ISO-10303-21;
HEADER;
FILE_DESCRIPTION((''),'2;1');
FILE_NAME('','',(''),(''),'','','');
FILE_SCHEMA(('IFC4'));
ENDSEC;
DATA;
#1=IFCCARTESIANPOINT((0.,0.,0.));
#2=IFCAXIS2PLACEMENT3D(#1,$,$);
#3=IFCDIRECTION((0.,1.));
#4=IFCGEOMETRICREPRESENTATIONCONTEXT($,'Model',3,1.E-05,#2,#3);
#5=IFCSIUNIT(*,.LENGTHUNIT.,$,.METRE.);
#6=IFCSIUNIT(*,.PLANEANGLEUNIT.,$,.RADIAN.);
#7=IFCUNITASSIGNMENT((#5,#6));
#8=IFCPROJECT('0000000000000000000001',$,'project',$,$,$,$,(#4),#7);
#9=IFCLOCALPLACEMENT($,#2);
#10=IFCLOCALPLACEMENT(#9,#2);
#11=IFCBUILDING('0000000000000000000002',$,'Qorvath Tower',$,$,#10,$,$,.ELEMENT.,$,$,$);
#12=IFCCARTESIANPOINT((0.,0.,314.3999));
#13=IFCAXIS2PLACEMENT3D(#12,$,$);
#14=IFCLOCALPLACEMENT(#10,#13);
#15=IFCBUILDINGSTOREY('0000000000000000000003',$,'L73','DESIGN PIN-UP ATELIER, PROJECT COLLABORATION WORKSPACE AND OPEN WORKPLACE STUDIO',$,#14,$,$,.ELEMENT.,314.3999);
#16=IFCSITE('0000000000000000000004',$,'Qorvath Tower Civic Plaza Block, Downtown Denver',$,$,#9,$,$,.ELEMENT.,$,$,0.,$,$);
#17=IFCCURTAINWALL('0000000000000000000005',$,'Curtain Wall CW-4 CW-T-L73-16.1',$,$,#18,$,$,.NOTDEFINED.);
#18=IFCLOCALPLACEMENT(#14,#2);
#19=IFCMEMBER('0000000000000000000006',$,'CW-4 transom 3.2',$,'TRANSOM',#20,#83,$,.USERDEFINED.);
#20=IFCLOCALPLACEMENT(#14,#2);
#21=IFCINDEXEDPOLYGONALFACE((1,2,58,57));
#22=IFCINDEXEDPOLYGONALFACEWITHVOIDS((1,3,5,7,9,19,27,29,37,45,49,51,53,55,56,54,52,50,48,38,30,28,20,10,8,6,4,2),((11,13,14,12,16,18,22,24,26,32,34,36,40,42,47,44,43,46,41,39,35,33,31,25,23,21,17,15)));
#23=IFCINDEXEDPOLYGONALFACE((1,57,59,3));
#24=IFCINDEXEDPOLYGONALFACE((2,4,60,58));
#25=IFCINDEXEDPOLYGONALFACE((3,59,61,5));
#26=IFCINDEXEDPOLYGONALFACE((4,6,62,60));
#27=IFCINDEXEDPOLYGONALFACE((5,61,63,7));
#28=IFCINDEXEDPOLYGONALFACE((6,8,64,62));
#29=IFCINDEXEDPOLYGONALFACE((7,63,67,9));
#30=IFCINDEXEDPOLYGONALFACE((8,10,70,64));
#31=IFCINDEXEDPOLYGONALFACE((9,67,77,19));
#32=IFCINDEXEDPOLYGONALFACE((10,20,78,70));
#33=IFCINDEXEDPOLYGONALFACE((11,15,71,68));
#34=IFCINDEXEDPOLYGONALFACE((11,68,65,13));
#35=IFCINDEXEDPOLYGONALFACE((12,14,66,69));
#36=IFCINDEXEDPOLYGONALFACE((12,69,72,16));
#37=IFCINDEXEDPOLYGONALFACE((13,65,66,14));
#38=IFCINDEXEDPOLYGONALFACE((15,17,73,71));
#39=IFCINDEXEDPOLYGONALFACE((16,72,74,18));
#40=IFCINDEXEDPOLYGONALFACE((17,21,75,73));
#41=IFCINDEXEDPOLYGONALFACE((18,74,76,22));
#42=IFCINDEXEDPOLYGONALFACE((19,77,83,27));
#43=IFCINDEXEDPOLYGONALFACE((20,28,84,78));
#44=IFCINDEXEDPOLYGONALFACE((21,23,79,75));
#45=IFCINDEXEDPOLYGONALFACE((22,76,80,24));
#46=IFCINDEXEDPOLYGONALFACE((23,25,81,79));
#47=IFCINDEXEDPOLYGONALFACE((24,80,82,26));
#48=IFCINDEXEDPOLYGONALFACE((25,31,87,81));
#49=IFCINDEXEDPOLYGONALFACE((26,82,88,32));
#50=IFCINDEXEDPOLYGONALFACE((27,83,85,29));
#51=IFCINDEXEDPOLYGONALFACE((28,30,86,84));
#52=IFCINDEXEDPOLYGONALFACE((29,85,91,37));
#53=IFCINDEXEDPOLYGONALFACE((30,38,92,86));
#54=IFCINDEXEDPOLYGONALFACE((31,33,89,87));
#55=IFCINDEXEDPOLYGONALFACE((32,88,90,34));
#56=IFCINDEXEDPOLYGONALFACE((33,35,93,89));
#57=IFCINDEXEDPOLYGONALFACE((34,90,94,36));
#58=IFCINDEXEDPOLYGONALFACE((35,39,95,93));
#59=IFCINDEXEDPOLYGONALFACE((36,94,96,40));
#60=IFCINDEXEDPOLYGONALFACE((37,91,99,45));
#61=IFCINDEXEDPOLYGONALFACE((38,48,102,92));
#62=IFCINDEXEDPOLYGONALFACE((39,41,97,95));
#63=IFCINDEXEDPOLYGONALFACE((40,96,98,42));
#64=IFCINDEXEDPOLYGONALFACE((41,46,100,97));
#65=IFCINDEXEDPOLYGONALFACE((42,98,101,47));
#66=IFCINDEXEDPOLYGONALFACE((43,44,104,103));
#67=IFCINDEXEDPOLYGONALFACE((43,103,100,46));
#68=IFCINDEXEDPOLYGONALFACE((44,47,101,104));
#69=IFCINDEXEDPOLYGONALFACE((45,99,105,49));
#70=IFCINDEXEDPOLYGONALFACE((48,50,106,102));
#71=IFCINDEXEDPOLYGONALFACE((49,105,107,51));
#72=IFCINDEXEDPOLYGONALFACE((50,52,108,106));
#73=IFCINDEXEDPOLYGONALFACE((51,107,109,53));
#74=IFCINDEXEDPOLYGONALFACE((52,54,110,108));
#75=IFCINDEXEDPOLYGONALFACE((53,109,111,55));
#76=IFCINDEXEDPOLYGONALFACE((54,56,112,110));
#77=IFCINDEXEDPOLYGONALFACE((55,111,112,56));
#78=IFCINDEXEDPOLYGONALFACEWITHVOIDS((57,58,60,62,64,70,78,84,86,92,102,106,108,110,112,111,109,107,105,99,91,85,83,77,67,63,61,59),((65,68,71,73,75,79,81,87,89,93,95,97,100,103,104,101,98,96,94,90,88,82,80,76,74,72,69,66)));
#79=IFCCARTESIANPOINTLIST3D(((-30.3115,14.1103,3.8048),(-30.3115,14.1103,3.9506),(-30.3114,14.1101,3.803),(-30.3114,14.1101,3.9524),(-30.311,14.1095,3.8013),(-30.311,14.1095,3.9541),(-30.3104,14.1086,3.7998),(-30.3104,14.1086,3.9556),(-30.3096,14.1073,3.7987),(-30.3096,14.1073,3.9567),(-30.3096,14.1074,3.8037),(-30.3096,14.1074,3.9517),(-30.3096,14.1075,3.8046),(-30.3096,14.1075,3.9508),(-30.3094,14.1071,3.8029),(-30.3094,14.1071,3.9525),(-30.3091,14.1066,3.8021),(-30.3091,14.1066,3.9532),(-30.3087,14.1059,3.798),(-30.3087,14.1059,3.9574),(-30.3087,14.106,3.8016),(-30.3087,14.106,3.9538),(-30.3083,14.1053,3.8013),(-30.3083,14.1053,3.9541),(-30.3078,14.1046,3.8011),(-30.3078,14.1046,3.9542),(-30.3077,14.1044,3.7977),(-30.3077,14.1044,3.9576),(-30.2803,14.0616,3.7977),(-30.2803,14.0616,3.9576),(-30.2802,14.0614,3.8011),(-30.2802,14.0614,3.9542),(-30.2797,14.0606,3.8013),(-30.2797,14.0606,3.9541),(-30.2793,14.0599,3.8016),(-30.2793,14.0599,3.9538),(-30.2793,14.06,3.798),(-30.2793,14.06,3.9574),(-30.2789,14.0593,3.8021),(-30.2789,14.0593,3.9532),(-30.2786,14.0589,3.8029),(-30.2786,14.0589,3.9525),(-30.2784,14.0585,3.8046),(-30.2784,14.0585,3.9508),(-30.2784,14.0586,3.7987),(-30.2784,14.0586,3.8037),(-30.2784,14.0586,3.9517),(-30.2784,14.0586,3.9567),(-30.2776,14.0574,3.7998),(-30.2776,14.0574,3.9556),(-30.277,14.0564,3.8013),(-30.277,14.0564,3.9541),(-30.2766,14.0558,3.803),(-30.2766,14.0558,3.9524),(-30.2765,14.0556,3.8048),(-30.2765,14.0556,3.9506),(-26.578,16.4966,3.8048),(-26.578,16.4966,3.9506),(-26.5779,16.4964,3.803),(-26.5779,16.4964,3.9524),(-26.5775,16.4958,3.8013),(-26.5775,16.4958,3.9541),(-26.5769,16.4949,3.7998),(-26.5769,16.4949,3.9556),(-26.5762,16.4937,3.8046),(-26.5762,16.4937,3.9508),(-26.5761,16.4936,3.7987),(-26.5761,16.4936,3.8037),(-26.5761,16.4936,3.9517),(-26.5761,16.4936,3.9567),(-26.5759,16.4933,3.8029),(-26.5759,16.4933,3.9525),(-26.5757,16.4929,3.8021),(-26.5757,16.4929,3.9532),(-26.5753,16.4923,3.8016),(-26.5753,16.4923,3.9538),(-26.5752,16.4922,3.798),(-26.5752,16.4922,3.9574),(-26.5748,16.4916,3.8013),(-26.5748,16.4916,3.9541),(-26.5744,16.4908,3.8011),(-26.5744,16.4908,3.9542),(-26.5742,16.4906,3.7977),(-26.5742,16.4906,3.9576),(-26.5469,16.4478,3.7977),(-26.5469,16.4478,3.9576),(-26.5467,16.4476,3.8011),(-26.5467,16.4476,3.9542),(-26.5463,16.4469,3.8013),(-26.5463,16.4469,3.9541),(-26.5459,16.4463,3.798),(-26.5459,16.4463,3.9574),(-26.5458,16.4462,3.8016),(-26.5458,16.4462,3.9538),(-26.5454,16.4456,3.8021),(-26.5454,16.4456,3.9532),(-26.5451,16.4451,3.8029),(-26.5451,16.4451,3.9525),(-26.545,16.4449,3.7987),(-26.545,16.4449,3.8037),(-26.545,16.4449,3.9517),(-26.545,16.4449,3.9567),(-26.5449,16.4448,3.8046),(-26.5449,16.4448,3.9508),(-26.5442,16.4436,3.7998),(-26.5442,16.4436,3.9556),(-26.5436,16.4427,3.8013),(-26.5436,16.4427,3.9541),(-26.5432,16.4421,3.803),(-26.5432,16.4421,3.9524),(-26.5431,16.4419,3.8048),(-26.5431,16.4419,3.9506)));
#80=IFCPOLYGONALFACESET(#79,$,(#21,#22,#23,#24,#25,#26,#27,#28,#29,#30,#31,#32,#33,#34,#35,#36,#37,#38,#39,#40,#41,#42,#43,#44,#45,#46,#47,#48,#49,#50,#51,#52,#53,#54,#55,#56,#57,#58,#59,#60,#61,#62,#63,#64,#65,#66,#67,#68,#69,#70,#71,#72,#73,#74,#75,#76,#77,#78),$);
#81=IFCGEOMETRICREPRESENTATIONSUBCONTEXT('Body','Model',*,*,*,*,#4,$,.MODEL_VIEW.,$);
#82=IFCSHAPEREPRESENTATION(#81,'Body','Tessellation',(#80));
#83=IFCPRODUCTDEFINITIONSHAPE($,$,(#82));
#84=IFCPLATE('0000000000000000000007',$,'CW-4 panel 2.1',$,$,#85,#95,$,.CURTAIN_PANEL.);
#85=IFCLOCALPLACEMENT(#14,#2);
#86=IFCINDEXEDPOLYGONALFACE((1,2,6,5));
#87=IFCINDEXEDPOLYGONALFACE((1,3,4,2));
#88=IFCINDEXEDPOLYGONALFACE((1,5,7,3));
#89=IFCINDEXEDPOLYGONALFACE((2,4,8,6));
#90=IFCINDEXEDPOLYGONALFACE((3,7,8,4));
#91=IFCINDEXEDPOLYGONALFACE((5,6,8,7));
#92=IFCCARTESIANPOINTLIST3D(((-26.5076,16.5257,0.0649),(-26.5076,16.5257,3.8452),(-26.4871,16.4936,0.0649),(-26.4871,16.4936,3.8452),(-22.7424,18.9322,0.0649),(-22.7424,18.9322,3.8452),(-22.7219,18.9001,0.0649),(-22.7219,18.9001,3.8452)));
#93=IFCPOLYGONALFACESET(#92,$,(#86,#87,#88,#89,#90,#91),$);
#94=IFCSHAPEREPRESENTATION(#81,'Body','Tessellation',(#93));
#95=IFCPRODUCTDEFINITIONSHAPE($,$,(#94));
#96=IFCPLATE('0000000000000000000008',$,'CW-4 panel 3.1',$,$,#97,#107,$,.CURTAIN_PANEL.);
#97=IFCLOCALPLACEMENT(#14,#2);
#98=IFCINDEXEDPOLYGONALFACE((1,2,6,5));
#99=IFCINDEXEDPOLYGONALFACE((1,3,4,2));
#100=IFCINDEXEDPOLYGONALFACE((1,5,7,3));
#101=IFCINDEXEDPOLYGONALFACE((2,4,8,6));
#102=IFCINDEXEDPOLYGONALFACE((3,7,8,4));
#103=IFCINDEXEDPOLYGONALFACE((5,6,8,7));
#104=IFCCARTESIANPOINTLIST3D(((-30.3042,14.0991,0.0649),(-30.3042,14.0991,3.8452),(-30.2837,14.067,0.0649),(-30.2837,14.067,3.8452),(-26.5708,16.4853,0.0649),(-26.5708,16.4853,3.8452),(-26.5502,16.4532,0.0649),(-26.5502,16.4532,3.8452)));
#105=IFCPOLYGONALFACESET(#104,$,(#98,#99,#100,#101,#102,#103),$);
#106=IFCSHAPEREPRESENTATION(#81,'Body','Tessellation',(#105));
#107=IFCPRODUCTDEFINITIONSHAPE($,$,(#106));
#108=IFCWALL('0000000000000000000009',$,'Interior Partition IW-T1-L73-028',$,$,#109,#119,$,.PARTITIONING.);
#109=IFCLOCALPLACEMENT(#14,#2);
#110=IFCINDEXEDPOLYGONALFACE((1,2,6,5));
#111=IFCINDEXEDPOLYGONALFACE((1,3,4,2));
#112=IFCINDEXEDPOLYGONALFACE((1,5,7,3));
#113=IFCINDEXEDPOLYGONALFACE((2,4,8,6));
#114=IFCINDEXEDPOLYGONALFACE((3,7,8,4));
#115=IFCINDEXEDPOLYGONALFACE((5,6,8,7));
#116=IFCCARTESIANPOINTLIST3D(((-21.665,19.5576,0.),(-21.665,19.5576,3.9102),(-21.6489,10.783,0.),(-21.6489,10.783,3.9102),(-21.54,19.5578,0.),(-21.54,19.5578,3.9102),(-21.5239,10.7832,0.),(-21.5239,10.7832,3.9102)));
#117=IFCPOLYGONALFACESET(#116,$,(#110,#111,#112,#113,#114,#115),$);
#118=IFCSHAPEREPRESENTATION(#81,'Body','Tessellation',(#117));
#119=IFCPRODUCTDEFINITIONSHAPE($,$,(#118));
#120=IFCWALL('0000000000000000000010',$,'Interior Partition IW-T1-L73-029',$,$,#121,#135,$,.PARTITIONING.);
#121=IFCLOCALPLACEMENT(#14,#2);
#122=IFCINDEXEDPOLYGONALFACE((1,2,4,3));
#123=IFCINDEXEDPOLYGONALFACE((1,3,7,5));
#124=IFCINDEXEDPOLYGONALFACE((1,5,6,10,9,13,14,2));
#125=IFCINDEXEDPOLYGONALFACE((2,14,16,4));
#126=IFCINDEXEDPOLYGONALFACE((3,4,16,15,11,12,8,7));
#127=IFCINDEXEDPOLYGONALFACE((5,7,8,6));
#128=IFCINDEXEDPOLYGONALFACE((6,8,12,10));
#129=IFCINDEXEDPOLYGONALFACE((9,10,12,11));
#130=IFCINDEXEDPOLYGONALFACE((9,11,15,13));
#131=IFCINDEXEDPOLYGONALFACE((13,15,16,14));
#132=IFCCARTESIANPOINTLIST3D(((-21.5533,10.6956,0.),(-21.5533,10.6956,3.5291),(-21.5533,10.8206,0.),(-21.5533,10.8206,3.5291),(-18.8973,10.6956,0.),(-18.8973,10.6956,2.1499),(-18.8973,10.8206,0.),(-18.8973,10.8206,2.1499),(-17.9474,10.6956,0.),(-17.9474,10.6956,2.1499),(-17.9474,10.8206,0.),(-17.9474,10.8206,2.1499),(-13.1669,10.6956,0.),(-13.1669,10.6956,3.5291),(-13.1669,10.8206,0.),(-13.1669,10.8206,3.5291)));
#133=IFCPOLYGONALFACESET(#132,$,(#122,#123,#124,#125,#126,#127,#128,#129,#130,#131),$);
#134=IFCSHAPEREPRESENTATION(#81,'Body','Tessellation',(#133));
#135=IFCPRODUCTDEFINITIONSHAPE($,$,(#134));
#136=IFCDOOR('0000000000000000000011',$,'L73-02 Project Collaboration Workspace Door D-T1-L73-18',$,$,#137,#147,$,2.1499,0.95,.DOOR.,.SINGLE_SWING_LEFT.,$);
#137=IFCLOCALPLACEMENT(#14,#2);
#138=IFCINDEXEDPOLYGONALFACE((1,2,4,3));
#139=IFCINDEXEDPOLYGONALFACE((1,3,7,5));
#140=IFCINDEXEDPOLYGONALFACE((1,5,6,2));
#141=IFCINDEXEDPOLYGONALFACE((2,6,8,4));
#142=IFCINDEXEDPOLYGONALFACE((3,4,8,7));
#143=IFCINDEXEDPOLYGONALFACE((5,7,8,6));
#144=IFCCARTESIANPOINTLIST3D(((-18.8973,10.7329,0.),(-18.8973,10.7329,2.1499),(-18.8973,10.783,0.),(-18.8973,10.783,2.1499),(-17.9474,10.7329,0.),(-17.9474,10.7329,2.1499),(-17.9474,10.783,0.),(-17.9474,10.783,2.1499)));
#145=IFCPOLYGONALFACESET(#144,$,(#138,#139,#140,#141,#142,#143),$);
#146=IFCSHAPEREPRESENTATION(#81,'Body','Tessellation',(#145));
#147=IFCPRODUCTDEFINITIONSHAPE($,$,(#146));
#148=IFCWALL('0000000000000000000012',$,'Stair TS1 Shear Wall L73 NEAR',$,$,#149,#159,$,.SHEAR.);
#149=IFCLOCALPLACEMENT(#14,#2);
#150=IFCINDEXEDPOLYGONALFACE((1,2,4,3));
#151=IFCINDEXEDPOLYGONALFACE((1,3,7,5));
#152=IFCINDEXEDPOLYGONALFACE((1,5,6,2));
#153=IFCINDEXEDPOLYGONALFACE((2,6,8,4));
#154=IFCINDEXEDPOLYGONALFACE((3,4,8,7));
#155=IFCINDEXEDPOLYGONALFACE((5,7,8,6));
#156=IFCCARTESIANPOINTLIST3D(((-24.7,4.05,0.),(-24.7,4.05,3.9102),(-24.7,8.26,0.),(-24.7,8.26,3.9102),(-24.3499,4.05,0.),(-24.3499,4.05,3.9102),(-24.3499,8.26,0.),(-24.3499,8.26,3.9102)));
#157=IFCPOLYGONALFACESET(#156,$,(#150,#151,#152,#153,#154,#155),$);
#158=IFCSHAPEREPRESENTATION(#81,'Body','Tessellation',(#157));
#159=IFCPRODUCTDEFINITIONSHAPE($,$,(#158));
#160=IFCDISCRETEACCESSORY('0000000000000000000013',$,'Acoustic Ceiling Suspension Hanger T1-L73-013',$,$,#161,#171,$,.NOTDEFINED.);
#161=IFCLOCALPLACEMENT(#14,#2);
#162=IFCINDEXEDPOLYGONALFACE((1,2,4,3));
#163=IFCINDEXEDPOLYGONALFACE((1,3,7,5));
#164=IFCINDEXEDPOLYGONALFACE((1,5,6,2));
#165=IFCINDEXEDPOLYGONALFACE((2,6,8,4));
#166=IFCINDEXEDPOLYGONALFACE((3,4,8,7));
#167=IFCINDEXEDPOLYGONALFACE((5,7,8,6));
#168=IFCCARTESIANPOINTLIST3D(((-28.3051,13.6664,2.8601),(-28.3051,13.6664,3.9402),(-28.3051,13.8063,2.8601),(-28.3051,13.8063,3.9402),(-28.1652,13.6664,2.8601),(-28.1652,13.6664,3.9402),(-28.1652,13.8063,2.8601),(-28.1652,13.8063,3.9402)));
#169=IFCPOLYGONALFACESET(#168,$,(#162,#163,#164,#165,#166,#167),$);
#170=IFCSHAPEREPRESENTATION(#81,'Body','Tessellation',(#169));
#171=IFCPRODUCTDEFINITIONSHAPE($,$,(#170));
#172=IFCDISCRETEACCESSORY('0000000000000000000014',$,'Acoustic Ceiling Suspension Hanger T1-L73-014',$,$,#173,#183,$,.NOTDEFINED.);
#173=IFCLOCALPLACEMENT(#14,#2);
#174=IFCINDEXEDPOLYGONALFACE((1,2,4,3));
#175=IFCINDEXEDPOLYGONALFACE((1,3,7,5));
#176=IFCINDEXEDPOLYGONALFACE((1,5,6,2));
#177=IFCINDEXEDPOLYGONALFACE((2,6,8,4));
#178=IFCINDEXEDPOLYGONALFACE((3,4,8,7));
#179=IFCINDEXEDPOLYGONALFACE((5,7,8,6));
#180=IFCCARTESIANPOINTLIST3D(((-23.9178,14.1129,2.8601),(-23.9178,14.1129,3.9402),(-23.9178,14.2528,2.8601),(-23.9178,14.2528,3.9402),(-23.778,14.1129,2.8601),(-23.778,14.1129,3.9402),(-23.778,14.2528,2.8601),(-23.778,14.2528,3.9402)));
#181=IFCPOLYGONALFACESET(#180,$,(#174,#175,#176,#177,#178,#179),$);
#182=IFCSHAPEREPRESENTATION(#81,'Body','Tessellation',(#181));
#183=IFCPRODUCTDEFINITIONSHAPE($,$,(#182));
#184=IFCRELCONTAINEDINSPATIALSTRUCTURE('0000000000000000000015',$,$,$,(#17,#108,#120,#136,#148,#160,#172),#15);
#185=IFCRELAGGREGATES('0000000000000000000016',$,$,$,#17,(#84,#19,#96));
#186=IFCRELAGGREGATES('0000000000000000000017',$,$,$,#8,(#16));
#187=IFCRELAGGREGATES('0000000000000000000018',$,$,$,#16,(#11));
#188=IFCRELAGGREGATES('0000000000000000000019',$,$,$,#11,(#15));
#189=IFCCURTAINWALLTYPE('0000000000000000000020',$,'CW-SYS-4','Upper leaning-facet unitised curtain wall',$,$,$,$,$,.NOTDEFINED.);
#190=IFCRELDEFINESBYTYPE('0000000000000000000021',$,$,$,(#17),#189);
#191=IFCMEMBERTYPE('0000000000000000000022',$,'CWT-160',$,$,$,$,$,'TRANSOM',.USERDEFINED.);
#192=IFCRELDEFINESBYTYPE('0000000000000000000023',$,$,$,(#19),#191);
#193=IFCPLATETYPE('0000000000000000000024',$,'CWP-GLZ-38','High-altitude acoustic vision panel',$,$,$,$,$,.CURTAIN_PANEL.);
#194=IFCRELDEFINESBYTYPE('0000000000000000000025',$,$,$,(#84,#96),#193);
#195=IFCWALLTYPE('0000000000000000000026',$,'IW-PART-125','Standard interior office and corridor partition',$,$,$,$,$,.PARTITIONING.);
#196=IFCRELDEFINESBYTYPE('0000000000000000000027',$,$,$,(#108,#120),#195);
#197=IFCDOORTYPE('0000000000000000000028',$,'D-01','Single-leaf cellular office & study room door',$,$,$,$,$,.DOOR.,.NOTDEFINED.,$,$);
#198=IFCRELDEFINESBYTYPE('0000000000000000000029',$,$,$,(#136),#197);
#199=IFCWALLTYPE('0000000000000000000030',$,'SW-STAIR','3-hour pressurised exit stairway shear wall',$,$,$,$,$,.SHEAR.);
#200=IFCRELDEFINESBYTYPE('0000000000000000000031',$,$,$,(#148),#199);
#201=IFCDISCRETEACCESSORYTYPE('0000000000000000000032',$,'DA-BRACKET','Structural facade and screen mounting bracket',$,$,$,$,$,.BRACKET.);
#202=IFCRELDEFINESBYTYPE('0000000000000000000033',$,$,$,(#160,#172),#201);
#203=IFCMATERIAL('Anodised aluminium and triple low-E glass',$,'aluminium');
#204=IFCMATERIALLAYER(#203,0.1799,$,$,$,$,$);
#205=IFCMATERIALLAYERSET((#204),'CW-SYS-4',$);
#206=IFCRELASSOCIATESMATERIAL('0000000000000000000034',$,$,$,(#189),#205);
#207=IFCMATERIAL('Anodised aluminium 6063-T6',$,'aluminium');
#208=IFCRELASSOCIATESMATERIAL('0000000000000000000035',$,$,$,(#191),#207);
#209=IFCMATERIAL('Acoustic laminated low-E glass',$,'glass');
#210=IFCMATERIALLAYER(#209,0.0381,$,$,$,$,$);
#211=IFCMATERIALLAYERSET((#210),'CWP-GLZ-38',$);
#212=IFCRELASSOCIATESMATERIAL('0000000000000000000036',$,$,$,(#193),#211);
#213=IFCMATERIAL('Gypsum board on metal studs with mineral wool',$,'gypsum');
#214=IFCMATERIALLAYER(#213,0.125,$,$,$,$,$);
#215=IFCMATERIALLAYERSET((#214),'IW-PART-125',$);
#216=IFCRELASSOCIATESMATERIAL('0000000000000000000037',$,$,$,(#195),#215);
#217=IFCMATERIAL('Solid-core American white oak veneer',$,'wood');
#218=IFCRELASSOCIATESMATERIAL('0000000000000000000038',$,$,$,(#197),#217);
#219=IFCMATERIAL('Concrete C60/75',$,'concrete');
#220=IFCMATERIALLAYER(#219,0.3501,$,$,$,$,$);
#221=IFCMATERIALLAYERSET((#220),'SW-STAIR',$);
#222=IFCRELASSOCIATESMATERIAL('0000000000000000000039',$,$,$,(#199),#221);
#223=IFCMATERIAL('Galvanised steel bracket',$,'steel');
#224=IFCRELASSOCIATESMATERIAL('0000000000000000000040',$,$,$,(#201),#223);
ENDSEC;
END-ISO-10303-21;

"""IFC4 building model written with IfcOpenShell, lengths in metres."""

from ifc_helpers import new_model, si_unit, direction, frame, frame_2d, origin, origin_2d, place, context, subcontext, project, spatial, rectangle, hollow_rectangle, extrude, material, layer, layer_set, material_profile, profile_set, type_object, element, fill, aggregate, save


model = new_model("IFC4")

# Units and contexts
model_context = context("Model", 3, precision=1e-05, world=origin(), true_north=direction((0.0, 1.0)))
body_context = subcontext(model_context, "Body", "Model", "MODEL_VIEW")
ifc_project = project(units=[si_unit("LENGTHUNIT", "METRE"), si_unit("PLANEANGLEUNIT", "RADIAN")], contexts=[model_context])

# Site, building, storey
site_placement = place(None, origin())
site = spatial("IfcSite", under=ifc_project, at=site_placement, Name="Qorvath Tower Civic Plaza Block, Downtown Denver", CompositionType="ELEMENT", RefElevation=0.0)
building_placement = place(site_placement, origin())
building = spatial("IfcBuilding", under=site, at=building_placement, Name="Qorvath Tower", CompositionType="ELEMENT")
storey_placement = place(building_placement, frame((0.0, 0.0, 314.3999)))
storey = spatial("IfcBuildingStorey", under=building, at=storey_placement, Name="L73", Description="DESIGN PIN-UP ATELIER, PROJECT COLLABORATION WORKSPACE AND OPEN WORKPLACE STUDIO", CompositionType="ELEMENT", Elevation=314.3999)

# Curtain wall, member, plates
ifc_material_1 = material(Name="Anodised aluminium and triple low-E glass", Category="aluminium")
ifc_layer_1 = layer(ifc_material_1, 0.1799)
ifc_layer_set_1 = layer_set([ifc_layer_1], Name="CW-SYS-4")
curtain_wall_type = type_object("IfcCurtainWallType", Name="CW-SYS-4", Description="Upper leaning-facet unitised curtain wall", PredefinedType="NOTDEFINED", material=ifc_layer_set_1)
curtain_wall_placement = place(storey_placement, origin())
curtain_wall = element("IfcCurtainWall", 1, at=curtain_wall_placement, inside=storey, type_object=curtain_wall_type, Name="Curtain Wall CW-4 CW-T-L73-16.1", PredefinedType="NOTDEFINED")
ifc_material_2 = material(Name="Anodised aluminium 6063-T6", Category="aluminium")
ifc_material_profile_1 = material_profile(ifc_material_2, hollow_rectangle(XDim=0.0649, YDim=0.1599, WallThickness=0.0034, InnerFilletRadius=0.0034, OuterFilletRadius=0.0071, at=origin_2d()), Name="CWT 160x65")
ifc_profile_set_1 = profile_set([ifc_material_profile_1], Name="Anodised aluminium 6063-T6")
member_type_1 = type_object("IfcMemberType", Name="CWT-160", ElementType="TRANSOM", PredefinedType="USERDEFINED", material=ifc_profile_set_1)
member_1_placement = place(storey_placement, frame((-26.5605, 16.4692, 3.8777), z_axis=(-0.842593, -0.53855, 0.0), x_axis=(0.53855, -0.842593, 0.0)))
member_1 = element("IfcMember", 2, at=member_1_placement, type_object=member_type_1, Name="CW-4 transom 3.2", ObjectType="TRANSOM", PredefinedType="USERDEFINED", context=body_context, shape_type="SweptSolid", body=[
    extrude(hollow_rectangle(XDim=0.0649, YDim=0.1599, WallThickness=0.0034, InnerFilletRadius=0.0034, OuterFilletRadius=0.0071, at=origin_2d()), origin(), (0.0, 0.0, 1.0), 4.4309),
])
ifc_material_3 = material(Name="Acoustic laminated low-E glass", Category="glass")
ifc_layer_2 = layer(ifc_material_3, 0.0381)
ifc_layer_set_2 = layer_set([ifc_layer_2], Name="CWP-GLZ-38")
plate_type = type_object("IfcPlateType", Name="CWP-GLZ-38", Description="High-altitude acoustic vision panel", PredefinedType="CURTAIN_PANEL", material=ifc_layer_set_2)
plate_1_placement = place(storey_placement, frame((-24.6147, 17.7129, 0.0649), z_axis=(0.0, 0.0, 1.0), x_axis=(-0.842602, -0.538536, 0.0)))
plate_1 = element("IfcPlate", 3, at=plate_1_placement, type_object=plate_type, Name="CW-4 panel 2.1", PredefinedType="CURTAIN_PANEL", context=body_context, shape_type="SweptSolid", body=[
    extrude(rectangle(XDim=4.4685, YDim=0.0381, at=origin_2d()), origin(), (0.0, 0.0, 1.0), 3.7803),
])
plate_2_placement = place(storey_placement, frame((-28.4272, 15.2761, 0.0649), z_axis=(0.0, 0.0, 1.0), x_axis=(-0.842602, -0.538536, 0.0)))
plate_2 = element("IfcPlate", 4, at=plate_2_placement, type_object=plate_type, Name="CW-4 panel 3.1", PredefinedType="CURTAIN_PANEL", context=body_context, shape_type="SweptSolid", body=[
    extrude(rectangle(XDim=4.4309, YDim=0.0381, at=origin_2d()), origin(), (0.0, 0.0, 1.0), 3.7803),
])
aggregate(curtain_wall, [plate_1, member_1, plate_2])

# Wall
ifc_material_4 = material(Name="Gypsum board on metal studs with mineral wool", Category="gypsum")
ifc_layer_3 = layer(ifc_material_4, 0.125)
ifc_layer_set_3 = layer_set([ifc_layer_3], Name="IW-PART-125")
wall_type_1 = type_object("IfcWallType", Name="IW-PART-125", Description="Standard interior office and corridor partition", PredefinedType="PARTITIONING", material=ifc_layer_set_3)
wall_1_placement = place(storey_placement, frame((-21.5864, 10.7832, 0.0), z_axis=(0.0, 0.0, 1.0), x_axis=(-0.001836, 0.999998, 0.0)))
element("IfcWall", 5, at=wall_1_placement, inside=storey, type_object=wall_type_1, Name="Interior Partition IW-T1-L73-028", PredefinedType="PARTITIONING", context=body_context, shape_type="SweptSolid", body=[
    extrude(rectangle(XDim=8.7747, YDim=0.125, at=frame_2d((4.3872, 0.0))), origin(), (0.0, 0.0, 1.0), 3.9102),
])

# Wall, opening, door
wall_2_placement = place(storey_placement, frame((-21.5535, 10.7581, 0.0), z_axis=(0.0, 0.0, 1.0), x_axis=(1.0, 0.0, 0.0)))
wall_2 = element("IfcWall", 6, at=wall_2_placement, inside=storey, type_object=wall_type_1, Name="Interior Partition IW-T1-L73-029", PredefinedType="PARTITIONING", context=body_context, shape_type="SweptSolid", body=[
    extrude(rectangle(XDim=8.3865, YDim=0.125, at=frame_2d((4.1934, 0.0))), origin(), (0.0, 0.0, 1.0), 3.5291),
])
opening_1_placement = place(wall_2_placement, frame((2.656, 0.0, 0.0)))
opening_1 = element("IfcOpeningElement", 7, at=opening_1_placement, cuts=wall_2, PredefinedType="OPENING", context=body_context, shape_type="SweptSolid", body=[
    extrude(rectangle(XDim=0.95, YDim=2.1499, at=frame_2d((0.4751, 1.075))), frame((0.0, 0.0725, 0.0), z_axis=(0.0, -1.0, 0.0), x_axis=(1.0, 0.0, 0.0)), (0.0, 0.0, 1.0), 0.145),
])
ifc_material_5 = material(Name="Solid-core American white oak veneer", Category="wood")
door_type_1 = type_object("IfcDoorType", Name="D-01", Description="Single-leaf cellular office & study room door", OperationType="NOTDEFINED", PredefinedType="DOOR", material=ifc_material_5)
door_1_placement = place(opening_1_placement, origin())
door_1 = element("IfcDoor", 8, at=door_1_placement, inside=storey, type_object=door_type_1, Name="L73-02 Project Collaboration Workspace Door D-T1-L73-18", OperationType="SINGLE_SWING_LEFT", OverallHeight=2.1499, OverallWidth=0.95, PredefinedType="DOOR", context=body_context, shape_type="SweptSolid", body=[
    extrude(rectangle(XDim=0.95, YDim=2.1499, at=frame_2d((0.4751, 1.075))), frame((0.0, 0.0249, 0.0), z_axis=(0.0, -1.0, 0.0), x_axis=(1.0, 0.0, 0.0)), (0.0, 0.0, 1.0), 0.05),
])
fill(opening_1, door_1)

# Wall
ifc_material_6 = material(Name="Concrete C60/75", Category="concrete")
ifc_layer_4 = layer(ifc_material_6, 0.3501)
ifc_layer_set_4 = layer_set([ifc_layer_4], Name="SW-STAIR")
wall_type_2 = type_object("IfcWallType", Name="SW-STAIR", Description="3-hour pressurised exit stairway shear wall", PredefinedType="SHEAR", material=ifc_layer_set_4)
wall_3_placement = place(storey_placement, frame((-24.5249, 8.26, 0.0), z_axis=(0.0, 0.0, 1.0), x_axis=(0.0, -1.0, 0.0)))
element("IfcWall", 9, at=wall_3_placement, inside=storey, type_object=wall_type_2, Name="Stair TS1 Shear Wall L73 NEAR", PredefinedType="SHEAR", context=body_context, shape_type="SweptSolid", body=[
    extrude(rectangle(XDim=4.21, YDim=0.3501, at=frame_2d((2.105, 0.0))), origin(), (0.0, 0.0, 1.0), 3.9102),
])

# Discrete accessories
ifc_material_7 = material(Name="Galvanised steel bracket", Category="steel")
discrete_accessory_type = type_object("IfcDiscreteAccessoryType", Name="DA-BRACKET", Description="Structural facade and screen mounting bracket", PredefinedType="BRACKET", material=ifc_material_7)
for number, where, z_axis, x_axis, name in (
    (10, (-28.2351, 13.7363, 2.8601), (0.0, 0.0, 1.0), (1.0, 0.0, 0.0), "Acoustic Ceiling Suspension Hanger T1-L73-013"),
    (11, (-23.8479, 14.1829, 2.8601), (0.0, 0.0, 1.0), (1.0, 0.0, 0.0), "Acoustic Ceiling Suspension Hanger T1-L73-014"),
):
    element("IfcDiscreteAccessory", number, at=place(storey_placement, frame(where, z_axis=z_axis, x_axis=x_axis)), inside=storey, type_object=discrete_accessory_type, Name=name, PredefinedType="NOTDEFINED", context=body_context, shape_type="SweptSolid", body=[
        extrude(rectangle(XDim=0.1399, YDim=0.1399, at=origin_2d()), origin(), (0.0, 0.0, 1.0), 1.0801),
    ])

save(model, "model.ifc")
